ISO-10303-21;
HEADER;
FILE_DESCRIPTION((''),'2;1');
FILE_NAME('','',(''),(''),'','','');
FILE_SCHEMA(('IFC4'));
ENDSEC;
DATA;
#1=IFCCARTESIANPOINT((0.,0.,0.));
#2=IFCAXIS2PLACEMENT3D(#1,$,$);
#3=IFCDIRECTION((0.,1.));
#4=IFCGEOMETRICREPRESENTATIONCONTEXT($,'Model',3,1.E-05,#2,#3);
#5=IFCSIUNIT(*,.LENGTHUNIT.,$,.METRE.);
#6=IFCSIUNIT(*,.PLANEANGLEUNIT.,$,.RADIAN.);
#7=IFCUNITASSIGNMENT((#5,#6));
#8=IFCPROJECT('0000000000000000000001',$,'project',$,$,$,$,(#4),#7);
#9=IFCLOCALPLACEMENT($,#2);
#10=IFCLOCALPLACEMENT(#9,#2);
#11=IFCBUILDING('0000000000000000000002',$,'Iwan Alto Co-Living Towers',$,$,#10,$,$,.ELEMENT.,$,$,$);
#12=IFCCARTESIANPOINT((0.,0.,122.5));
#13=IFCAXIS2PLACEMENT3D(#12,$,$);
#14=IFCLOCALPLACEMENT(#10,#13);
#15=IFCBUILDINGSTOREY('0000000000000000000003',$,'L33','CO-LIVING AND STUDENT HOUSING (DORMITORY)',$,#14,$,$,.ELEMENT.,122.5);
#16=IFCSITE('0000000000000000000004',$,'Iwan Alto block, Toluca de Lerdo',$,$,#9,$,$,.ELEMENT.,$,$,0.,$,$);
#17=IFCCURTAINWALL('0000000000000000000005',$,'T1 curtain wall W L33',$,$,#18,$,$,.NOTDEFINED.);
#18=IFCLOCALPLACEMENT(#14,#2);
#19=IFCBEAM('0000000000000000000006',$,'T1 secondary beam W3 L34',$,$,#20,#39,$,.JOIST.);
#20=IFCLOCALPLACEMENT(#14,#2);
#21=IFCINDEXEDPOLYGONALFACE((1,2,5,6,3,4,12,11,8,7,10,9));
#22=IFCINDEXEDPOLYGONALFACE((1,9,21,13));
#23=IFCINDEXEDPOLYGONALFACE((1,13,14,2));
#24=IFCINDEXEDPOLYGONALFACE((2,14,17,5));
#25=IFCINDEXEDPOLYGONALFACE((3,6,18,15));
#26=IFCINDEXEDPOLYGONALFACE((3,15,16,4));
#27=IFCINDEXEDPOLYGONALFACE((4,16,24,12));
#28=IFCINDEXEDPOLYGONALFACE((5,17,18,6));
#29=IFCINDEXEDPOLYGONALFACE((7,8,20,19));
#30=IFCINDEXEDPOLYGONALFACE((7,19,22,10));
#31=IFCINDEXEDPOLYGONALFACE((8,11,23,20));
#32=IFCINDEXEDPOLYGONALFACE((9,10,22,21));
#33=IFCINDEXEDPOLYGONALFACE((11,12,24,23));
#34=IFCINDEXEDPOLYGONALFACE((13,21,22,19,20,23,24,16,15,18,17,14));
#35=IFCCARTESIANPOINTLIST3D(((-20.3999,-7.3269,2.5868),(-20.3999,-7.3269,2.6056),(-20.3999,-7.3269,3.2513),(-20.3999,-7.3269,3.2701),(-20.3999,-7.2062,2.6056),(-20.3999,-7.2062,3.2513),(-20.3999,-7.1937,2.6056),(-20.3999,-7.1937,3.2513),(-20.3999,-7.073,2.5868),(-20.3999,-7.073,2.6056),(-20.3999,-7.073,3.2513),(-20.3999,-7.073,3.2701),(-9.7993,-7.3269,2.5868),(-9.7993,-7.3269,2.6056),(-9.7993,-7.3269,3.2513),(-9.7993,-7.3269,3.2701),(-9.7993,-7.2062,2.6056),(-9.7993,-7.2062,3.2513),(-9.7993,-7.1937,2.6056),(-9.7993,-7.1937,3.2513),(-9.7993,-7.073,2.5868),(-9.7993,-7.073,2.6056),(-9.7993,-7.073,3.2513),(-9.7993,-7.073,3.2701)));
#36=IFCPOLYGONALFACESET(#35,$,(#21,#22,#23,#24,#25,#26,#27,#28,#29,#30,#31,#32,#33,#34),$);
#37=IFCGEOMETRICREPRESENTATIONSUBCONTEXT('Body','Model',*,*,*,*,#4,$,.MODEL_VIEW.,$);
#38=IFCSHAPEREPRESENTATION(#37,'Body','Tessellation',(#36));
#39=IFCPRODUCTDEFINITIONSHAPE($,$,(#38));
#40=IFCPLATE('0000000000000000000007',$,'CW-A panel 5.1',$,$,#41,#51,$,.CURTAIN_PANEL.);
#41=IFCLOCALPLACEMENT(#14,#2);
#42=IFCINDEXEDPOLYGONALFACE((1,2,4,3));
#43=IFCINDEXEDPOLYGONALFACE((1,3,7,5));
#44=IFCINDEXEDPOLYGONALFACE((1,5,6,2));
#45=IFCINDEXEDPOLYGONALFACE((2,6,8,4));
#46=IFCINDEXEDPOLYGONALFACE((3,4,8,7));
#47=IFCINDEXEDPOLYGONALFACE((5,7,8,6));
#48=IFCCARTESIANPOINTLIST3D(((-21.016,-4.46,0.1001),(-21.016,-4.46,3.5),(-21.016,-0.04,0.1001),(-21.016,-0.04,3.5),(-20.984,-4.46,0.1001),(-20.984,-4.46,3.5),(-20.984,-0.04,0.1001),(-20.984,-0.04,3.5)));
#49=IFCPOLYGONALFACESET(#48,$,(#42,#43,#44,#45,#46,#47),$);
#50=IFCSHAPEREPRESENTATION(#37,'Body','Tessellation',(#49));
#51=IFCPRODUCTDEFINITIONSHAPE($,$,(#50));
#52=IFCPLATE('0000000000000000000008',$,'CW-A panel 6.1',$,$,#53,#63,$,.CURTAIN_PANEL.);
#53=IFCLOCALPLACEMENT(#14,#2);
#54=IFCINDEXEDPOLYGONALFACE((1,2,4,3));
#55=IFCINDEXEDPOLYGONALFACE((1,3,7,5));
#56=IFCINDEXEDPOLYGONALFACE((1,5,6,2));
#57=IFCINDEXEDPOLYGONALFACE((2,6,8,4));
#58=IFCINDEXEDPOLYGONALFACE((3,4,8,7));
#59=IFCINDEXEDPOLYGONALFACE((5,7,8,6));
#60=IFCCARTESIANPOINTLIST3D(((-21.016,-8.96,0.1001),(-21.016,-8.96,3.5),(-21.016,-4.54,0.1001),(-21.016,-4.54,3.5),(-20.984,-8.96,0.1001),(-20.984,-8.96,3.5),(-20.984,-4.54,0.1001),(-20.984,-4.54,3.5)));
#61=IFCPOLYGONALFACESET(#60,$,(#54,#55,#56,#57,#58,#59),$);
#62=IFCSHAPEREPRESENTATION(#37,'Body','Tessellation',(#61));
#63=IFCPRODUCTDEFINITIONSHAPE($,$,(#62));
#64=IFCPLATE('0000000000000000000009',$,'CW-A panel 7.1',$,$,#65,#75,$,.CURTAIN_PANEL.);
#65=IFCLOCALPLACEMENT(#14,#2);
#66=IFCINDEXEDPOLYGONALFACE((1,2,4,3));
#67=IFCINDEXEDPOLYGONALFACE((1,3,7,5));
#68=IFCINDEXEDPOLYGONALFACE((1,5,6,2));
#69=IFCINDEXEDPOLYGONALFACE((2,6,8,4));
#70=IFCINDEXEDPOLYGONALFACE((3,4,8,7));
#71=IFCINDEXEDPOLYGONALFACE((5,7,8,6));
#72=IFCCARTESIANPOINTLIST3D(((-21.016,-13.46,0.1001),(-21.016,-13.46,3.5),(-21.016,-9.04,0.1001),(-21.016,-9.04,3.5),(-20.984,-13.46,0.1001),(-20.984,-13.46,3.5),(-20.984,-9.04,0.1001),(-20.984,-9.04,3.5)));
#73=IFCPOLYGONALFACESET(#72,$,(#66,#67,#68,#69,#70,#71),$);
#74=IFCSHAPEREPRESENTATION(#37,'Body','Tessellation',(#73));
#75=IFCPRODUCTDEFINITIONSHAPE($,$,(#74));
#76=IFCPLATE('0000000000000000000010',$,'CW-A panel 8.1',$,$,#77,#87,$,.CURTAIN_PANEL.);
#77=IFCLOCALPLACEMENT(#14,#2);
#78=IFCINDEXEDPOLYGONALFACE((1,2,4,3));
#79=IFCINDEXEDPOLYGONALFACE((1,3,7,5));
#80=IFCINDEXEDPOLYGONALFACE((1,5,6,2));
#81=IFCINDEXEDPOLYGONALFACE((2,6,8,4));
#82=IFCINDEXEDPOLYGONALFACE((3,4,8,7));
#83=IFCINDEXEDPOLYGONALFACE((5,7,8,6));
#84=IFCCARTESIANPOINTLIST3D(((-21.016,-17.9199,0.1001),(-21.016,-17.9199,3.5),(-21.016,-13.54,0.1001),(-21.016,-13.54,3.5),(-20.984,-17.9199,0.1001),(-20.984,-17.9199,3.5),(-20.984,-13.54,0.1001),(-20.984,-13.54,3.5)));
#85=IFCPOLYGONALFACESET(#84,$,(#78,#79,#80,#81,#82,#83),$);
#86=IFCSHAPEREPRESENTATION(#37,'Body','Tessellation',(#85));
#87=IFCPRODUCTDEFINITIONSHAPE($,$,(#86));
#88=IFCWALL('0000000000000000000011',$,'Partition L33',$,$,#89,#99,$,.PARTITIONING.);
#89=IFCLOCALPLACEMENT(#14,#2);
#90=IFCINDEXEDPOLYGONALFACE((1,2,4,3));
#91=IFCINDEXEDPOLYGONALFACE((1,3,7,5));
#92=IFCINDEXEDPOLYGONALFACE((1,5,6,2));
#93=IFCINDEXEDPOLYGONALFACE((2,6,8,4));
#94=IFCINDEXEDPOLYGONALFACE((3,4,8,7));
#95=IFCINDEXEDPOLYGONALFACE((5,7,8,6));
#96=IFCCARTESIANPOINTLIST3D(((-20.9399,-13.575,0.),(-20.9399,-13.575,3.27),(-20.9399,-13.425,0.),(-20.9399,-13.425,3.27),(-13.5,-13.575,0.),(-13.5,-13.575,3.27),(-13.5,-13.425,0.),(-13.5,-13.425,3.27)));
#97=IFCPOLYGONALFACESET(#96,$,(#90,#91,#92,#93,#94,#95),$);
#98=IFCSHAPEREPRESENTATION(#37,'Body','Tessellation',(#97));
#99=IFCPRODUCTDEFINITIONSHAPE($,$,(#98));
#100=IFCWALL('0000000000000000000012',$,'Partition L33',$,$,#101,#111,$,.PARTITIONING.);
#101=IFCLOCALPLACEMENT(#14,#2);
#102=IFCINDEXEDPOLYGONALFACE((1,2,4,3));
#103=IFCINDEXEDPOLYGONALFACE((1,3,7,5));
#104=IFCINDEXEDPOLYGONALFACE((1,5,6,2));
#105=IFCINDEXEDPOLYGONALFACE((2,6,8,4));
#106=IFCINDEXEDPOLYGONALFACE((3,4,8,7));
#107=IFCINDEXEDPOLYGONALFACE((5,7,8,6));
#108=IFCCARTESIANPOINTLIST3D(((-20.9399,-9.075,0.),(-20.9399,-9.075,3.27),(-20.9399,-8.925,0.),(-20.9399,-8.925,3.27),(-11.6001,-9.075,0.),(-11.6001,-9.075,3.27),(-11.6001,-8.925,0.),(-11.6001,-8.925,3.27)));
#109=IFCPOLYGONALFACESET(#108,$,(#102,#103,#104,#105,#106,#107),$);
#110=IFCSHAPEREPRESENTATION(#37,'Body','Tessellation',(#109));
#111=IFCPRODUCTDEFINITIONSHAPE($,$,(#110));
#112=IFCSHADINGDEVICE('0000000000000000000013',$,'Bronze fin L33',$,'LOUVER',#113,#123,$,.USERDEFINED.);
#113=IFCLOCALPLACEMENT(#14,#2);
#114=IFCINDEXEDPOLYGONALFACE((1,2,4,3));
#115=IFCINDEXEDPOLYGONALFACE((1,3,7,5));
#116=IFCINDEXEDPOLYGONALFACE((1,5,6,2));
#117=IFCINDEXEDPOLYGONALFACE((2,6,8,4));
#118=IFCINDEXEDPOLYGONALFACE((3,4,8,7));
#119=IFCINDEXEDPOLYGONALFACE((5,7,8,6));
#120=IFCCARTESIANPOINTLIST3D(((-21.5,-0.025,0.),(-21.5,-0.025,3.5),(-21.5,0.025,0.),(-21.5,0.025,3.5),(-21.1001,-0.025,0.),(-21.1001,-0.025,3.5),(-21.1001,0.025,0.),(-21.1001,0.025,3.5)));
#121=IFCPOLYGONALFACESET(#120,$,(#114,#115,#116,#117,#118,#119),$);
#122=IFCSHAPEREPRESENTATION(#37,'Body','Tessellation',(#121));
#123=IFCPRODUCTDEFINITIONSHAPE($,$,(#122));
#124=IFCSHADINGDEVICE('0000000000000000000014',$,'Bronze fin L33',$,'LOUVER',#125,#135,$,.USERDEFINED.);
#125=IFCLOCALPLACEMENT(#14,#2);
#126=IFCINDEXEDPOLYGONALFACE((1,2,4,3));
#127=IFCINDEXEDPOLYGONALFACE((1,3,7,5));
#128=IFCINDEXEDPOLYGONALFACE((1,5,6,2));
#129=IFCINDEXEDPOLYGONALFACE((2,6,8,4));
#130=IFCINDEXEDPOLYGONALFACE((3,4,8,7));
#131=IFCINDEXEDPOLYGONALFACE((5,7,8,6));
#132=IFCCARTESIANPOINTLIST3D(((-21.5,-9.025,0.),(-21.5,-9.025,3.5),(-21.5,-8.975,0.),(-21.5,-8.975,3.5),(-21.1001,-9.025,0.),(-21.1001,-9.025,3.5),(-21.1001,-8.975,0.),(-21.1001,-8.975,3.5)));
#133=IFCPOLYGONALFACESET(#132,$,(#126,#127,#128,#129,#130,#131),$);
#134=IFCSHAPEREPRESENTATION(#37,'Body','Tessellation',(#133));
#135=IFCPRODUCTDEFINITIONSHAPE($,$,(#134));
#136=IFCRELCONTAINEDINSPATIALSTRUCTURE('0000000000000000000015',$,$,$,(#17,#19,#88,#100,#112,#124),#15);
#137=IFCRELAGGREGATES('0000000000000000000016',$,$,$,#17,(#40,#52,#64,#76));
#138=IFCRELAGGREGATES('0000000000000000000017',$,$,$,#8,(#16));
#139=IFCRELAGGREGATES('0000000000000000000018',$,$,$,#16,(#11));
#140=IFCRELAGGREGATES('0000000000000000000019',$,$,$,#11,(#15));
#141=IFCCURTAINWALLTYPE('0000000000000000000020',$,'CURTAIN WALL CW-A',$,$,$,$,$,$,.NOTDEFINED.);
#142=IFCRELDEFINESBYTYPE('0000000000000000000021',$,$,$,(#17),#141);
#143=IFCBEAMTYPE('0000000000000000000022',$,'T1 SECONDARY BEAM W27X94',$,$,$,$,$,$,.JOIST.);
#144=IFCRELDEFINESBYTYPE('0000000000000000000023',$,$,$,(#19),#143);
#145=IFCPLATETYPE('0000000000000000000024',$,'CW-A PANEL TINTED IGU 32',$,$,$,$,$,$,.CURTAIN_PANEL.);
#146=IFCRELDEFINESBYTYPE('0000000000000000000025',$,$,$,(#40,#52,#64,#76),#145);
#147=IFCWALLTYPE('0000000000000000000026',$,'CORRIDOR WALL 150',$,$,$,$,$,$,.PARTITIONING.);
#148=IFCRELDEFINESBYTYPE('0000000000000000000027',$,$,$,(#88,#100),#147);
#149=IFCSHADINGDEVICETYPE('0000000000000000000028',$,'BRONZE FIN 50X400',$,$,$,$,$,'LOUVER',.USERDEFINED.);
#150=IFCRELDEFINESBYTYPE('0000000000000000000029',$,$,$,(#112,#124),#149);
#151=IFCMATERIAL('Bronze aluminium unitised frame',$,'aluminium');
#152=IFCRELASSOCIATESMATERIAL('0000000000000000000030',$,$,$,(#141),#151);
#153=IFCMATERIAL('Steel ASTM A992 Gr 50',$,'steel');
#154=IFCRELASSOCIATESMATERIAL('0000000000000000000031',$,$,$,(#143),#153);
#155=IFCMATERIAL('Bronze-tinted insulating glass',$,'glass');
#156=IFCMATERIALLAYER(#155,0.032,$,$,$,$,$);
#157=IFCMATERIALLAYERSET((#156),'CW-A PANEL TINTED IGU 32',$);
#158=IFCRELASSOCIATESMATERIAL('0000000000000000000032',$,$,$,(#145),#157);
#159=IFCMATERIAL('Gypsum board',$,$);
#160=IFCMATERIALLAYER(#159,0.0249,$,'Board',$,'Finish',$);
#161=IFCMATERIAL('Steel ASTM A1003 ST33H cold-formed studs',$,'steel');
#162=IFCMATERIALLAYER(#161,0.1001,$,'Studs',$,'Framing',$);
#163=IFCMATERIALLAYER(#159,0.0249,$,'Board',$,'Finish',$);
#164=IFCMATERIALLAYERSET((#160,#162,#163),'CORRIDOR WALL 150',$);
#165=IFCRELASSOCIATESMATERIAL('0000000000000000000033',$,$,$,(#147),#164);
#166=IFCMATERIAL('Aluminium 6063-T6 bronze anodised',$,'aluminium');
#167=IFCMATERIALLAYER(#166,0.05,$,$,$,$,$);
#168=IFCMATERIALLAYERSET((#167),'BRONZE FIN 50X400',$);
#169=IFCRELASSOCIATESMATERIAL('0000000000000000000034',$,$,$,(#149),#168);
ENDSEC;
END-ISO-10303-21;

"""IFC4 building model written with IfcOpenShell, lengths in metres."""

from ifc_helpers import new_model, si_unit, direction, frame, frame_2d, origin, origin_2d, place, context, subcontext, project, spatial, rectangle, i_section, extrude, material, layer, layer_set, material_profile, profile_set, type_object, element, aggregate, save


model = new_model("IFC4")

# Units and contexts
model_context = context("Model", 3, precision=1e-05, world=origin(), true_north=direction((0.0, 1.0)))
body_context = subcontext(model_context, "Body", "Model", "MODEL_VIEW")
ifc_project = project(units=[si_unit("LENGTHUNIT", "METRE"), si_unit("PLANEANGLEUNIT", "RADIAN")], contexts=[model_context])

# Site, building, storey
site_placement = place(None, origin())
site = spatial("IfcSite", under=ifc_project, at=site_placement, Name="Iwan Alto block, Toluca de Lerdo", CompositionType="ELEMENT", RefElevation=0.0)
building_placement = place(site_placement, origin())
building = spatial("IfcBuilding", under=site, at=building_placement, Name="Iwan Alto Co-Living Towers", CompositionType="ELEMENT")
storey_placement = place(building_placement, frame((0.0, 0.0, 122.5)))
storey = spatial("IfcBuildingStorey", under=building, at=storey_placement, Name="L33", Description="CO-LIVING AND STUDENT HOUSING (DORMITORY)", CompositionType="ELEMENT", Elevation=122.5)

# Curtain wall
ifc_material_1 = material(Name="Bronze aluminium unitised frame", Category="aluminium")
curtain_wall_type = type_object("IfcCurtainWallType", Name="CURTAIN WALL CW-A", PredefinedType="NOTDEFINED", material=ifc_material_1)
curtain_wall_placement = place(storey_placement, origin())
curtain_wall = element("IfcCurtainWall", 1, at=curtain_wall_placement, inside=storey, type_object=curtain_wall_type, Name="T1 curtain wall W L33", PredefinedType="NOTDEFINED")

# Beam
ifc_material_2 = material(Name="Steel ASTM A992 Gr 50", Category="steel")
ifc_material_profile_1 = material_profile(ifc_material_2, i_section(OverallWidth=0.2539, OverallDepth=0.6833, WebThickness=0.0125, FlangeThickness=0.0188, at=origin_2d()), Name="W27X94")
ifc_profile_set_1 = profile_set([ifc_material_profile_1], Name="Steel ASTM A992 Gr 50")
beam_type_1 = type_object("IfcBeamType", Name="T1 SECONDARY BEAM W27X94", PredefinedType="JOIST", material=ifc_profile_set_1)
beam_1_placement = place(storey_placement, frame((-20.3999, -7.2, 2.9285), z_axis=(1.0, 0.0, 0.0), x_axis=(0.0, 1.0, 0.0)))
element("IfcBeam", 2, at=beam_1_placement, inside=storey, type_object=beam_type_1, Name="T1 secondary beam W3 L34", PredefinedType="JOIST", context=body_context, shape_type="SweptSolid", body=[
    extrude(i_section(OverallWidth=0.2539, OverallDepth=0.6833, WebThickness=0.0125, FlangeThickness=0.0188, at=origin_2d()), origin(), (0.0, 0.0, 1.0), 10.6006),
])

# Plates
ifc_material_3 = material(Name="Bronze-tinted insulating glass", Category="glass")
ifc_layer_1 = layer(ifc_material_3, 0.032)
ifc_layer_set_1 = layer_set([ifc_layer_1], Name="CW-A PANEL TINTED IGU 32")
plate_type = type_object("IfcPlateType", Name="CW-A PANEL TINTED IGU 32", PredefinedType="CURTAIN_PANEL", material=ifc_layer_set_1)
plate_1_placement = place(storey_placement, frame((-21.0, -2.25, 0.1001), z_axis=(0.0, 0.0, 1.0), x_axis=(0.0, -1.0, 0.0)))
plate_1 = element("IfcPlate", 3, at=plate_1_placement, type_object=plate_type, Name="CW-A panel 5.1", PredefinedType="CURTAIN_PANEL", context=body_context, shape_type="SweptSolid", body=[
    extrude(rectangle(XDim=4.4199, YDim=0.032, at=origin_2d()), origin(), (0.0, 0.0, 1.0), 3.3999),
])
plate_2_placement = place(storey_placement, frame((-21.0, -6.75, 0.1001), z_axis=(0.0, 0.0, 1.0), x_axis=(0.0, -1.0, 0.0)))
plate_2 = element("IfcPlate", 4, at=plate_2_placement, type_object=plate_type, Name="CW-A panel 6.1", PredefinedType="CURTAIN_PANEL", context=body_context, shape_type="SweptSolid", body=[
    extrude(rectangle(XDim=4.4199, YDim=0.032, at=origin_2d()), origin(), (0.0, 0.0, 1.0), 3.3999),
])
plate_3_placement = place(storey_placement, frame((-21.0, -11.25, 0.1001), z_axis=(0.0, 0.0, 1.0), x_axis=(0.0, -1.0, 0.0)))
plate_3 = element("IfcPlate", 5, at=plate_3_placement, type_object=plate_type, Name="CW-A panel 7.1", PredefinedType="CURTAIN_PANEL", context=body_context, shape_type="SweptSolid", body=[
    extrude(rectangle(XDim=4.4199, YDim=0.032, at=origin_2d()), origin(), (0.0, 0.0, 1.0), 3.3999),
])
plate_4_placement = place(storey_placement, frame((-21.0, -15.73, 0.1001), z_axis=(0.0, 0.0, 1.0), x_axis=(0.0, -1.0, 0.0)))
plate_4 = element("IfcPlate", 6, at=plate_4_placement, type_object=plate_type, Name="CW-A panel 8.1", PredefinedType="CURTAIN_PANEL", context=body_context, shape_type="SweptSolid", body=[
    extrude(rectangle(XDim=4.3799, YDim=0.032, at=origin_2d()), origin(), (0.0, 0.0, 1.0), 3.3999),
])
aggregate(curtain_wall, [plate_1, plate_2, plate_3, plate_4])

# Walls
ifc_material_4 = material(Name="Gypsum board")
ifc_layer_2 = layer(ifc_material_4, 0.0249, Name="Board", Category="Finish")
ifc_material_5 = material(Name="Steel ASTM A1003 ST33H cold-formed studs", Category="steel")
ifc_layer_3 = layer(ifc_material_5, 0.1001, Name="Studs", Category="Framing")
ifc_layer_4 = layer(ifc_material_4, 0.0249, Name="Board", Category="Finish")
ifc_layer_set_2 = layer_set([ifc_layer_2, ifc_layer_3, ifc_layer_4], Name="CORRIDOR WALL 150")
wall_type = type_object("IfcWallType", Name="CORRIDOR WALL 150", PredefinedType="PARTITIONING", material=ifc_layer_set_2)
wall_1_placement = place(storey_placement, frame((-20.9399, -13.5, 0.0), z_axis=(0.0, 0.0, 1.0), x_axis=(1.0, 0.0, 0.0)))
element("IfcWall", 7, at=wall_1_placement, inside=storey, type_object=wall_type, Name="Partition L33", PredefinedType="PARTITIONING", context=body_context, shape_type="SweptSolid", body=[
    extrude(rectangle(XDim=7.4399, YDim=0.1499, at=frame_2d((3.72, 0.0))), origin(), (0.0, 0.0, 1.0), 3.27),
])
wall_2_placement = place(storey_placement, frame((-20.9399, -9.0, 0.0), z_axis=(0.0, 0.0, 1.0), x_axis=(1.0, 0.0, 0.0)))
element("IfcWall", 8, at=wall_2_placement, inside=storey, type_object=wall_type, Name="Partition L33", PredefinedType="PARTITIONING", context=body_context, shape_type="SweptSolid", body=[
    extrude(rectangle(XDim=9.3398, YDim=0.1499, at=frame_2d((4.6699, 0.0))), origin(), (0.0, 0.0, 1.0), 3.27),
])

# Shading devices
ifc_material_6 = material(Name="Aluminium 6063-T6 bronze anodised", Category="aluminium")
ifc_layer_5 = layer(ifc_material_6, 0.05)
ifc_layer_set_3 = layer_set([ifc_layer_5], Name="BRONZE FIN 50X400")
shading_device_type = type_object("IfcShadingDeviceType", Name="BRONZE FIN 50X400", ElementType="LOUVER", PredefinedType="USERDEFINED", material=ifc_layer_set_3)
for number, where, z_axis, x_axis, name in (
    (9, (-21.3, 0.0, 0.0), (0.0, 0.0, 1.0), (0.0, -1.0, 0.0), "Bronze fin L33"),
    (10, (-21.3, -9.0, 0.0), (0.0, 0.0, 1.0), (0.0, -1.0, 0.0), "Bronze fin L33"),
):
    element("IfcShadingDevice", number, at=place(storey_placement, frame(where, z_axis=z_axis, x_axis=x_axis)), inside=storey, type_object=shading_device_type, Name=name, ObjectType="LOUVER", PredefinedType="USERDEFINED", context=body_context, shape_type="SweptSolid", body=[
        extrude(rectangle(XDim=0.05, YDim=0.3999, at=origin_2d()), origin(), (0.0, 0.0, 1.0), 3.5),
    ])

save(model, "model.ifc")
